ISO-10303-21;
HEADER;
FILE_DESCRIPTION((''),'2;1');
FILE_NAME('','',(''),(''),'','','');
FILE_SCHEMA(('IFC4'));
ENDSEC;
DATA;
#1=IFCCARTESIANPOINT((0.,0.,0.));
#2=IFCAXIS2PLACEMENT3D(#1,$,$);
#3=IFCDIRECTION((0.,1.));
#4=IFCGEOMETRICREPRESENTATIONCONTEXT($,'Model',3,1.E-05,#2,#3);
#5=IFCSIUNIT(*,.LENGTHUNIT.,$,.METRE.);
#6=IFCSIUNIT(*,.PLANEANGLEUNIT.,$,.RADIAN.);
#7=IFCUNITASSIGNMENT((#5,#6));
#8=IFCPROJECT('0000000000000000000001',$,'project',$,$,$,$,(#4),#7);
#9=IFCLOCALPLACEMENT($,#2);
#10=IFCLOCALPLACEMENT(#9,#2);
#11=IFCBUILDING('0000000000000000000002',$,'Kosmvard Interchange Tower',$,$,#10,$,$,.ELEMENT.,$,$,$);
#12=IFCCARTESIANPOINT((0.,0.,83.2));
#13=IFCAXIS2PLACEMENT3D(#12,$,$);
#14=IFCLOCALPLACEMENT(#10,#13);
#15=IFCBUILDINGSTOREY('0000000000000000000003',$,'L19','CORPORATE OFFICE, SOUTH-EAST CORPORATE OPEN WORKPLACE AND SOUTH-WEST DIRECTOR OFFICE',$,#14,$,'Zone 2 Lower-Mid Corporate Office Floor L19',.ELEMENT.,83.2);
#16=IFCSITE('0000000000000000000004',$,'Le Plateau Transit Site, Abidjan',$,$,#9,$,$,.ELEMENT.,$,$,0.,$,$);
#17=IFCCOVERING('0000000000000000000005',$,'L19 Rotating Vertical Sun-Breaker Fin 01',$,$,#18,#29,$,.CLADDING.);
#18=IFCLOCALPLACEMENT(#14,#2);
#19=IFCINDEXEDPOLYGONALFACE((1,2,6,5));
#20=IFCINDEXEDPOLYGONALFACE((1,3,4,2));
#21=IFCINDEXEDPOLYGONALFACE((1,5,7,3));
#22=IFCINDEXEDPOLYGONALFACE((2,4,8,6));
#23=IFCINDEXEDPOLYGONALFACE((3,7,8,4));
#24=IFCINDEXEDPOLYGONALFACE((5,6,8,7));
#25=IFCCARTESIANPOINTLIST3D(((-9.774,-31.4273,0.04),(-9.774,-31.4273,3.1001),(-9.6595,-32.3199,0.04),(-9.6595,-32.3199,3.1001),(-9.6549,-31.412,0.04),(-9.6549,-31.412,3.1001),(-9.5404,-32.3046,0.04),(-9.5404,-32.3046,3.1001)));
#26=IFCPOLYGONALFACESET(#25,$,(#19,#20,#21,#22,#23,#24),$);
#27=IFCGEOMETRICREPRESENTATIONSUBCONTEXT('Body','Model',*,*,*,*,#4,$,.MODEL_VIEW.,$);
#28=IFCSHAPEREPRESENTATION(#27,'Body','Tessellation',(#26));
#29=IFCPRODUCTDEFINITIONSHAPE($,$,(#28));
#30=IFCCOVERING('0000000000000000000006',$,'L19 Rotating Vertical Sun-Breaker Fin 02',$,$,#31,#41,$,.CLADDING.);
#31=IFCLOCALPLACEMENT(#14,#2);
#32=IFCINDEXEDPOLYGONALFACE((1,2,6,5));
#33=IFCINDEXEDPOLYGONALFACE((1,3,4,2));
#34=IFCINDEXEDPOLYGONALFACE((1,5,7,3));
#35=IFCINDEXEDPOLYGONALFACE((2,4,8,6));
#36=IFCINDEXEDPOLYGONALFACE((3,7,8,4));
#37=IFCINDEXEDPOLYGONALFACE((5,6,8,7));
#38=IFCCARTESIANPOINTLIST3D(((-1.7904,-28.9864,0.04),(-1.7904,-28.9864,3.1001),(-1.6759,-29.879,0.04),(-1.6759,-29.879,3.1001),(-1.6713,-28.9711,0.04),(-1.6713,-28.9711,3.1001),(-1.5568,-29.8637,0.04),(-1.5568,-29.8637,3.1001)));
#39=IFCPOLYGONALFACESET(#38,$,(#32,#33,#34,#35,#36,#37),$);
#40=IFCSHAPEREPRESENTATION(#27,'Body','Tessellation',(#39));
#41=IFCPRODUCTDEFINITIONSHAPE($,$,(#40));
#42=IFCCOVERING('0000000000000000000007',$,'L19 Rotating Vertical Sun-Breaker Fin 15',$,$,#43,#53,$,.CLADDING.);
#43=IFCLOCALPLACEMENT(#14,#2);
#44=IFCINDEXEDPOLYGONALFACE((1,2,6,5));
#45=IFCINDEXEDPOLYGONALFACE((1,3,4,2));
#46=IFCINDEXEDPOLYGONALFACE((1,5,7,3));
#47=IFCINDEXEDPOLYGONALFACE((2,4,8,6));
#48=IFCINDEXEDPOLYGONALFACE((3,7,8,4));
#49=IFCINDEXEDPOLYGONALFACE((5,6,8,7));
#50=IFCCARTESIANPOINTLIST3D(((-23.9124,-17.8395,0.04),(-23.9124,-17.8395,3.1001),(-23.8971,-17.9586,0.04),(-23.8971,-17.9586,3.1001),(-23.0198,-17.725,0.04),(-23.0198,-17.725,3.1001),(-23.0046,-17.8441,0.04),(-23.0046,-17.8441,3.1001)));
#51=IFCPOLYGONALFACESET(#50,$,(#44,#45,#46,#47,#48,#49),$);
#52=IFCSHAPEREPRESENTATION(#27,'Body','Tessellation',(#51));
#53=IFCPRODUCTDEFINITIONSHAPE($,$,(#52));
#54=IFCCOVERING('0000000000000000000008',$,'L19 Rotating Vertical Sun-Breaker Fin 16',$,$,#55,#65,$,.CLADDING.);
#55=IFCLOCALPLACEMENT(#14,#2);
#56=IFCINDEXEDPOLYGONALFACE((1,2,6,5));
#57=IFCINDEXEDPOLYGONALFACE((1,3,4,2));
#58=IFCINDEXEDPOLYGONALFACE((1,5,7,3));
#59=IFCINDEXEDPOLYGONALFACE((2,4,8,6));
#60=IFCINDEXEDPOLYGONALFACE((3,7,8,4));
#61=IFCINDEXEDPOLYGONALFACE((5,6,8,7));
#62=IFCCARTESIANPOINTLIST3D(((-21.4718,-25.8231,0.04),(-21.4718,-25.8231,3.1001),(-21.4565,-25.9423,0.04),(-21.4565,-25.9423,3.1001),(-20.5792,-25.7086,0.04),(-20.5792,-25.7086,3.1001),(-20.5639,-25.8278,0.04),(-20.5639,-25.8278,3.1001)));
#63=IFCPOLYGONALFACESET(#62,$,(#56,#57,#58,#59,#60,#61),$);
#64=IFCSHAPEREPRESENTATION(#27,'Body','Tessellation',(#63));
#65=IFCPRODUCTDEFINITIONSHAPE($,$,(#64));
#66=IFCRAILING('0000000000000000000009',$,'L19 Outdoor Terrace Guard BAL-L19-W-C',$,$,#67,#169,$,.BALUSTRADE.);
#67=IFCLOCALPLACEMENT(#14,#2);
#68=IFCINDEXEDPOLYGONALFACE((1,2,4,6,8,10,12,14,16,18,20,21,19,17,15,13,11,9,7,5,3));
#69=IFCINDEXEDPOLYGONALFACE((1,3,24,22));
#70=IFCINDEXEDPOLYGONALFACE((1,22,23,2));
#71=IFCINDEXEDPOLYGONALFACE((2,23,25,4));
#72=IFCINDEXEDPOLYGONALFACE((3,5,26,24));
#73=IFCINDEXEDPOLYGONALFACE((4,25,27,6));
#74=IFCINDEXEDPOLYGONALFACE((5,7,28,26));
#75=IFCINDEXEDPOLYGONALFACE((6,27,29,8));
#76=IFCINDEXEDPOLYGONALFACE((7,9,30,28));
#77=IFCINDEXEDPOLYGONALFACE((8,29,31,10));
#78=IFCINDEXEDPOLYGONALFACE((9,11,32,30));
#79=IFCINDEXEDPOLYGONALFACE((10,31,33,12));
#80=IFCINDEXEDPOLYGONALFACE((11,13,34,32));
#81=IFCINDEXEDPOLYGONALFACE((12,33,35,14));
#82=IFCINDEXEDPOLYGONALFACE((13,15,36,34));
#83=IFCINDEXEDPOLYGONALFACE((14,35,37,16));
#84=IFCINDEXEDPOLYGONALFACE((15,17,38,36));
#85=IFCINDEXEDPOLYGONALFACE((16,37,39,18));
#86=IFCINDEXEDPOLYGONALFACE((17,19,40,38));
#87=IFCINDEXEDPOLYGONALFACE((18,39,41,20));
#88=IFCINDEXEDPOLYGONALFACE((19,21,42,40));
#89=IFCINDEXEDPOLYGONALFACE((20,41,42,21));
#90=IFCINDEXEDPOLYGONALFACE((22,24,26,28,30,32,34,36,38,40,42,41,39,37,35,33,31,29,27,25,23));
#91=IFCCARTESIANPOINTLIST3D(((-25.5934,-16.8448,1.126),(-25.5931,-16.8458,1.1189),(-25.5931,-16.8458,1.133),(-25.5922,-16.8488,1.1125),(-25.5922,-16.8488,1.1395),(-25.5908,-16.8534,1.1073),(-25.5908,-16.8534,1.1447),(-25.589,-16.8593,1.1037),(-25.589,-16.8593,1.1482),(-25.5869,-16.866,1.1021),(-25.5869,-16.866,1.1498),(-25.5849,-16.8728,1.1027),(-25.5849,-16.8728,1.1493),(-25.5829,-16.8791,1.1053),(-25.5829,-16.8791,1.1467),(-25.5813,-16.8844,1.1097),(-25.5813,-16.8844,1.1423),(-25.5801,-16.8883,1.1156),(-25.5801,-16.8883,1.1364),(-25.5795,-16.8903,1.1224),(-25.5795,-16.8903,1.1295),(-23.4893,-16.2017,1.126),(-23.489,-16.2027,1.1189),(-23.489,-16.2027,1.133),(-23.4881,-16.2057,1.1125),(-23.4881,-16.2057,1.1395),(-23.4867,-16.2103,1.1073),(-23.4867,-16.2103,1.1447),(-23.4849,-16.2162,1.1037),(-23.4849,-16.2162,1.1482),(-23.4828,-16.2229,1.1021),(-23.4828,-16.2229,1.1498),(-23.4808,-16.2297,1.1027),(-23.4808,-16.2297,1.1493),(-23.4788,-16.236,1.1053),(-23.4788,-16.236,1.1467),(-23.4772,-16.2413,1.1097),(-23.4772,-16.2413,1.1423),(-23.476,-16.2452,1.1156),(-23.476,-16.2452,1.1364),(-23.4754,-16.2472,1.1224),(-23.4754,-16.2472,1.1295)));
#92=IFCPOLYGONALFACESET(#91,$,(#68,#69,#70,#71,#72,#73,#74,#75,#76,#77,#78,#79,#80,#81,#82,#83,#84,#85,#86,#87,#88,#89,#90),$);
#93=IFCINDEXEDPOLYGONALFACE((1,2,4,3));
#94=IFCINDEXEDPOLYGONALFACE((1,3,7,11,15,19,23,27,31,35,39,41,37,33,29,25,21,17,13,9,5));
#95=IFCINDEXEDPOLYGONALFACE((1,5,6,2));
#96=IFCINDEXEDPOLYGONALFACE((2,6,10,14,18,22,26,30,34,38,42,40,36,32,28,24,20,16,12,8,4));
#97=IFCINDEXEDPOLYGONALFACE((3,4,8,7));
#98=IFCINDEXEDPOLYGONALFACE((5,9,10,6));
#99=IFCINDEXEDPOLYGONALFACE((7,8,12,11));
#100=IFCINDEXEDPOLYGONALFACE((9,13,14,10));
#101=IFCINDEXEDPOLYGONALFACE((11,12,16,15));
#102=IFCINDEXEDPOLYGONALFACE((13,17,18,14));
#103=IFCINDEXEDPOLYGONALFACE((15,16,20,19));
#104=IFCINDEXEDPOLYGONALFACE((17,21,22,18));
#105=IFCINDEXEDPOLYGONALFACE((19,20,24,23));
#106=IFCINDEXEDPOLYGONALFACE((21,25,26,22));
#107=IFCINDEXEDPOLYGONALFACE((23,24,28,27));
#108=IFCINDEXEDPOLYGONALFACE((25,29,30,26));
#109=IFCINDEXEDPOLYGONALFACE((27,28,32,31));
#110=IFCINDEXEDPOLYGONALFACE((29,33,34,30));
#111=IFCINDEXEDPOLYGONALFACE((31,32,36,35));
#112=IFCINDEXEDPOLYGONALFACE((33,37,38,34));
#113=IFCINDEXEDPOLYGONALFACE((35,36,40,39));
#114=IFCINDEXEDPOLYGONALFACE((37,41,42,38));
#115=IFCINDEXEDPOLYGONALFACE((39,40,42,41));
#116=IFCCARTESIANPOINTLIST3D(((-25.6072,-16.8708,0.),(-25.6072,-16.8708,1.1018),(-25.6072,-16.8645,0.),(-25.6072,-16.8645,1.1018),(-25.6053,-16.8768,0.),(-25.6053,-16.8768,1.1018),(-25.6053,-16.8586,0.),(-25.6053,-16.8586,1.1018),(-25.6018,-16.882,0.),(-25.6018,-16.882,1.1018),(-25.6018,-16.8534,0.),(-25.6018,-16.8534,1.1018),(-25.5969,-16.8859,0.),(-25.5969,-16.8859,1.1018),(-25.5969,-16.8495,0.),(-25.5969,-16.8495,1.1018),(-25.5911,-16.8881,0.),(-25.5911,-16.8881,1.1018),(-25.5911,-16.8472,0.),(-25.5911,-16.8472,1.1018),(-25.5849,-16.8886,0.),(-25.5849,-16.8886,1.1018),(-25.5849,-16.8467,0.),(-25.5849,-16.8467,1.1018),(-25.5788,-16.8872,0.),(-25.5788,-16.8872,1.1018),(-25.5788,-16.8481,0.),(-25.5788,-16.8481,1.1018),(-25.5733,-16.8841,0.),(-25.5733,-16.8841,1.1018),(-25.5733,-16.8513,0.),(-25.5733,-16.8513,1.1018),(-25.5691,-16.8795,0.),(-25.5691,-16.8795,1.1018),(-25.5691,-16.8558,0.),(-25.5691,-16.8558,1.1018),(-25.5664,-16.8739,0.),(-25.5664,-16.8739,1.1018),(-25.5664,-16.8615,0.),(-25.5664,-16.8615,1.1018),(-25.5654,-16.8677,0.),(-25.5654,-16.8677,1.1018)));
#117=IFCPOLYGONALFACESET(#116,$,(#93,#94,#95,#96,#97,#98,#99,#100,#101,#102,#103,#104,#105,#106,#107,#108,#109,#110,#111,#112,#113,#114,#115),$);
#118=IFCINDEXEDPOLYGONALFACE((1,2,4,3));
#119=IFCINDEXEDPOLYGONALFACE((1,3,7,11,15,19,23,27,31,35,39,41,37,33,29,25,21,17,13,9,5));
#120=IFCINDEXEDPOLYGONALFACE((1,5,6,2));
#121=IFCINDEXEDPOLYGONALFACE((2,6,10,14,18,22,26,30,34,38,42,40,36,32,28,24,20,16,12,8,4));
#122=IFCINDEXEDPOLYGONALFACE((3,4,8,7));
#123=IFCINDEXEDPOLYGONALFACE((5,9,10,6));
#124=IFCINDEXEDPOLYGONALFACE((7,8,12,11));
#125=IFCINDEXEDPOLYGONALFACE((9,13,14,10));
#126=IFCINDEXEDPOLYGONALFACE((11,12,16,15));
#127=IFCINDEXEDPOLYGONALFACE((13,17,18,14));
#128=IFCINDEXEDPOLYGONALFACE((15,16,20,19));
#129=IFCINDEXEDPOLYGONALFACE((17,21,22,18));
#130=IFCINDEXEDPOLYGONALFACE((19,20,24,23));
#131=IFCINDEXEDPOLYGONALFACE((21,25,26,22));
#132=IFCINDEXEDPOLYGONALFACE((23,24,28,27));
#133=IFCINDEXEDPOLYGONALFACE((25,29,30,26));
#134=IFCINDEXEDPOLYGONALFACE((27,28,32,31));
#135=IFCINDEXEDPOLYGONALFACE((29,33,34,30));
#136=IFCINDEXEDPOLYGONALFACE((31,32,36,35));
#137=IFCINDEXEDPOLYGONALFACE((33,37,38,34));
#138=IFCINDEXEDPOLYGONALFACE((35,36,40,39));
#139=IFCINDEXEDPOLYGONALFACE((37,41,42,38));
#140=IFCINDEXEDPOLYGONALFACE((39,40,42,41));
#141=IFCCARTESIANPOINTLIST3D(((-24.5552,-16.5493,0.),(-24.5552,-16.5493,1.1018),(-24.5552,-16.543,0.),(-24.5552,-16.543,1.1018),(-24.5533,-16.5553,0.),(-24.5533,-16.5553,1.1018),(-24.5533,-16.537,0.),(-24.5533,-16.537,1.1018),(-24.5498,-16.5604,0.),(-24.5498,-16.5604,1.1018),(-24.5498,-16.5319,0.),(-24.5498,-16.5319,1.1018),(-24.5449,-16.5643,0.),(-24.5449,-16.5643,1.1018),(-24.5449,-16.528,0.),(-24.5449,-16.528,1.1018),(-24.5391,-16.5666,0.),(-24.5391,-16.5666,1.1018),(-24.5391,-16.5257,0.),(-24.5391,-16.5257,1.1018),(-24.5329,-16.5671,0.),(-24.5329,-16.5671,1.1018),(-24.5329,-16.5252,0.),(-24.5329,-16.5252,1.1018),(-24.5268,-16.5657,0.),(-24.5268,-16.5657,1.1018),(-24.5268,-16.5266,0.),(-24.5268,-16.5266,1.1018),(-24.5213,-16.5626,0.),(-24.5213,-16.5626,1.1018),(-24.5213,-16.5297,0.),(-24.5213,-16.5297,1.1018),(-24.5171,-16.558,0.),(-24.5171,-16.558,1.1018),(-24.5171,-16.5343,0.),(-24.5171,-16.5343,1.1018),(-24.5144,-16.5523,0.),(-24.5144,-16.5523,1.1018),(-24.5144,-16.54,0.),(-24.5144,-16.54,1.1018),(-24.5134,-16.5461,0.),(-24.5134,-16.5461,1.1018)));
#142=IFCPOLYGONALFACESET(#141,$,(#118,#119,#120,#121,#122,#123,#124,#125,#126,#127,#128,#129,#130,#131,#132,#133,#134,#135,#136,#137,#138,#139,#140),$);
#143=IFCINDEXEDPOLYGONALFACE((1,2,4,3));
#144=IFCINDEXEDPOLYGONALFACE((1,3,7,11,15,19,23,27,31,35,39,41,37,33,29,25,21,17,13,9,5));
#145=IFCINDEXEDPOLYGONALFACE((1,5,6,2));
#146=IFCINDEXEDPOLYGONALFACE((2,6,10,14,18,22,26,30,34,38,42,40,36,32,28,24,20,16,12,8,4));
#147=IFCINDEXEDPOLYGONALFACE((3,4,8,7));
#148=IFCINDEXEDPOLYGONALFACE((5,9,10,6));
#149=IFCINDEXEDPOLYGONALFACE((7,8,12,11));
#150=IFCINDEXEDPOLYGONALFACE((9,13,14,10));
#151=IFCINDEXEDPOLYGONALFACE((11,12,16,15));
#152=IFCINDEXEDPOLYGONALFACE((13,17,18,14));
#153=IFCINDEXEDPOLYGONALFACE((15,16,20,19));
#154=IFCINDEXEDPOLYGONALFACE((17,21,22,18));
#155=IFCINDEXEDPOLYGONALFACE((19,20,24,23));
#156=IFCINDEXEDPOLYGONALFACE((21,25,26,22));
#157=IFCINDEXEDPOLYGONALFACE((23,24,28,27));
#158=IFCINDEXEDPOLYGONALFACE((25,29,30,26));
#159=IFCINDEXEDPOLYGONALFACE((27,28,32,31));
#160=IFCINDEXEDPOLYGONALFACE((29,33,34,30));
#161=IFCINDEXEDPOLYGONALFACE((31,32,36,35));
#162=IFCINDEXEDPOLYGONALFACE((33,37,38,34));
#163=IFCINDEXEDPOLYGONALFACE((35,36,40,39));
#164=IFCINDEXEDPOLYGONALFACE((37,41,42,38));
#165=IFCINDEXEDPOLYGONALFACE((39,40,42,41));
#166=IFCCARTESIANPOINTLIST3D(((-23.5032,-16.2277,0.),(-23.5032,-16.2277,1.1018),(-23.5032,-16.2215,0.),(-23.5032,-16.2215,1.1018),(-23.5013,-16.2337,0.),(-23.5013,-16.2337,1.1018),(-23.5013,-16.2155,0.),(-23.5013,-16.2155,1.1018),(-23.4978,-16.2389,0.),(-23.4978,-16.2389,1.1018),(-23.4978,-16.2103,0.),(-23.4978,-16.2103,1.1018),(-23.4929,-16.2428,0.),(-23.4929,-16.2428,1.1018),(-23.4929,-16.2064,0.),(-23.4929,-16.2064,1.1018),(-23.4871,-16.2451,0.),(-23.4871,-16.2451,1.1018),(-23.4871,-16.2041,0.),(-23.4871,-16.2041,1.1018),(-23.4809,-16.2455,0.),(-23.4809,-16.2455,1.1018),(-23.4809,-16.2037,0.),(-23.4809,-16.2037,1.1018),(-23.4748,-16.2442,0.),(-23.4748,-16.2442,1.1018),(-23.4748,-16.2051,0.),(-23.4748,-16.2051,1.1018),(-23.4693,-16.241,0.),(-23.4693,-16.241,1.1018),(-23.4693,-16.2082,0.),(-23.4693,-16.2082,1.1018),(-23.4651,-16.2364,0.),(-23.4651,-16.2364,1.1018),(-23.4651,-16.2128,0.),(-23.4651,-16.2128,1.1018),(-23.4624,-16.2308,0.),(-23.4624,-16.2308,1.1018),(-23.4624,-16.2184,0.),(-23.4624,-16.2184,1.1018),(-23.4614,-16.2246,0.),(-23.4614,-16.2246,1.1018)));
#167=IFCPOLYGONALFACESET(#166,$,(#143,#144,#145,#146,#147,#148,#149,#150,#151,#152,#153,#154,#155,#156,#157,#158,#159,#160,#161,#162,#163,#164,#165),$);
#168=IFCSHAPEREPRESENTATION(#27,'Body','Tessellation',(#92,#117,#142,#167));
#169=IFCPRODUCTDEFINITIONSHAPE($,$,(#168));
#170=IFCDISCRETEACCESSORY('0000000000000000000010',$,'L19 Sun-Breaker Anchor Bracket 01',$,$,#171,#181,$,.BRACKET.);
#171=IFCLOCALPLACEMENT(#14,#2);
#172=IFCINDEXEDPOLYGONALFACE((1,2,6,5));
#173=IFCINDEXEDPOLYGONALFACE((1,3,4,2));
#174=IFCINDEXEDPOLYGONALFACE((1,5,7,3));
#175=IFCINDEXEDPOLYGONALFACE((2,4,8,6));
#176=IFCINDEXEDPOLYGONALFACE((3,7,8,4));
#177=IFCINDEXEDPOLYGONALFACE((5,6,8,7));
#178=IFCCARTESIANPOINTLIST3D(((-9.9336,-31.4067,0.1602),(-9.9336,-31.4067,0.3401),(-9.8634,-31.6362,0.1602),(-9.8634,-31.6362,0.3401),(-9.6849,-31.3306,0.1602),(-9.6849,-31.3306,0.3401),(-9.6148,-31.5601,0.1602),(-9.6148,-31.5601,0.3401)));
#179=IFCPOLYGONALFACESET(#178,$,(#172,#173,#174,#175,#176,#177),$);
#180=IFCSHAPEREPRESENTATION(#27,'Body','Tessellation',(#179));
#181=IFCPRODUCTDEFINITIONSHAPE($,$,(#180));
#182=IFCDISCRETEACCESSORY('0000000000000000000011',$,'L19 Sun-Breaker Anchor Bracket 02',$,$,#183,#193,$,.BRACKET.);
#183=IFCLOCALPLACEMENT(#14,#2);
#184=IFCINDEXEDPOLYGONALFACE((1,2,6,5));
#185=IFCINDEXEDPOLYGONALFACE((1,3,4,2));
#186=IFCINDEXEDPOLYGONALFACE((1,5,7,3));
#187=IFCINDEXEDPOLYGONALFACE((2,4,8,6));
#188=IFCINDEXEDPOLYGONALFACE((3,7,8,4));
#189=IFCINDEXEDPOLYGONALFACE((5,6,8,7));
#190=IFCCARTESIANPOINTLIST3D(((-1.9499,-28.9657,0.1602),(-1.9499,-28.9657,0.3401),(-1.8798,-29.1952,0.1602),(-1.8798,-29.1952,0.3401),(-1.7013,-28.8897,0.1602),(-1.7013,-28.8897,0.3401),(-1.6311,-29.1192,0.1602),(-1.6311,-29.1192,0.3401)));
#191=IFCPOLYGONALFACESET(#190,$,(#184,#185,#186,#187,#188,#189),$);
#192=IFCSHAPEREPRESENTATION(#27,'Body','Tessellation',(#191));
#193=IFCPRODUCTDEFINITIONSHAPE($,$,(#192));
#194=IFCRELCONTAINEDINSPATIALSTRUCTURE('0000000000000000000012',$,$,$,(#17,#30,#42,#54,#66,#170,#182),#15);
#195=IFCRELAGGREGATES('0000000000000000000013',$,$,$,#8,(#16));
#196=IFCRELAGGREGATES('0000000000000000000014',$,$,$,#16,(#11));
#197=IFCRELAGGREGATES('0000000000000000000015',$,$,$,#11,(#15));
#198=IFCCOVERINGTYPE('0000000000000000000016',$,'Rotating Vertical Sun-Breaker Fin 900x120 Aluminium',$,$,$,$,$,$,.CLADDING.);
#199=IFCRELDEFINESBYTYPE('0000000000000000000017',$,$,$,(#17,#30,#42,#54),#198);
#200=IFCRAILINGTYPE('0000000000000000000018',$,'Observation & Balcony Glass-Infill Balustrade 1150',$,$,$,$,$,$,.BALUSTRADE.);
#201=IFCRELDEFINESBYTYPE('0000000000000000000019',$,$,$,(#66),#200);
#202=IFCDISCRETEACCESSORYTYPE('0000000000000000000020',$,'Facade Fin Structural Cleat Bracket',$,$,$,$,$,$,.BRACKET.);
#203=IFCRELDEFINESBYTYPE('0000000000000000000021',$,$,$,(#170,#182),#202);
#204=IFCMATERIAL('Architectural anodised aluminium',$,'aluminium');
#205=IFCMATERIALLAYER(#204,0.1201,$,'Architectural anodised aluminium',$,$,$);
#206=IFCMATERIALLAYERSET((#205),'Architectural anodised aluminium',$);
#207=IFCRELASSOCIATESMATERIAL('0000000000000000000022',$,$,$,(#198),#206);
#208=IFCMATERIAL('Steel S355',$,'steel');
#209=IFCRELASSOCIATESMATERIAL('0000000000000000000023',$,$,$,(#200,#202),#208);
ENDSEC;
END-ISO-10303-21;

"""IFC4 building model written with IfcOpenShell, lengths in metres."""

from ifc_helpers import new_model, si_unit, direction, frame, origin, origin_2d, place, context, subcontext, project, spatial, rectangle, circle, extrude, source, transform, mapped, material, layer, layer_set, type_object, element, save


model = new_model("IFC4")

# Units and contexts
model_context = context("Model", 3, precision=1e-05, world=origin(), true_north=direction((0.0, 1.0)))
body_context = subcontext(model_context, "Body", "Model", "MODEL_VIEW")
ifc_project = project(units=[si_unit("LENGTHUNIT", "METRE"), si_unit("PLANEANGLEUNIT", "RADIAN")], contexts=[model_context])

# Site, building, storey
site_placement = place(None, origin())
site = spatial("IfcSite", under=ifc_project, at=site_placement, Name="Le Plateau Transit Site, Abidjan", CompositionType="ELEMENT", RefElevation=0.0)
building_placement = place(site_placement, origin())
building = spatial("IfcBuilding", under=site, at=building_placement, Name="Kosmvard Interchange Tower", CompositionType="ELEMENT")
storey_placement = place(building_placement, frame((0.0, 0.0, 83.2)))
storey = spatial("IfcBuildingStorey", under=building, at=storey_placement, Name="L19", Description="CORPORATE OFFICE, SOUTH-EAST CORPORATE OPEN WORKPLACE AND SOUTH-WEST DIRECTOR OFFICE", LongName="Zone 2 Lower-Mid Corporate Office Floor L19", CompositionType="ELEMENT", Elevation=83.2)

# Shared definitions
ifc_material_1 = material(Name="Steel S355", Category="steel")

# Coverings
ifc_material_2 = material(Name="Architectural anodised aluminium", Category="aluminium")
ifc_layer_1 = layer(ifc_material_2, 0.1201, Name="Architectural anodised aluminium")
ifc_layer_set_1 = layer_set([ifc_layer_1], Name="Architectural anodised aluminium")
covering_type = type_object("IfcCoveringType", Name="Rotating Vertical Sun-Breaker Fin 900x120 Aluminium", PredefinedType="CLADDING", material=ifc_layer_set_1)
shared_shape_1 = source(origin(), body_context, "Body", "SweptSolid", [
    extrude(rectangle(XDim=0.8999, YDim=0.1201, at=origin_2d()), origin(), (0.0, 0.0, 1.0), 3.0601),
])
for number, where, z_axis, x_axis, name in (
    (1, (-9.6572, -31.866, 0.04), (0.0, 0.0, 1.0), (0.127238, -0.991872, 0.0), "L19 Rotating Vertical Sun-Breaker Fin 01"),
    (2, (-1.6736, -29.425, 0.04), (0.0, 0.0, 1.0), (0.127238, -0.991872, 0.0), "L19 Rotating Vertical Sun-Breaker Fin 02"),
    (3, (-23.4585, -17.8418, 0.04), (0.0, 0.0, 1.0), (-0.991872, -0.127238, 0.0), "L19 Rotating Vertical Sun-Breaker Fin 15"),
    (4, (-21.0178, -25.8254, 0.04), (0.0, 0.0, 1.0), (-0.991872, -0.127238, 0.0), "L19 Rotating Vertical Sun-Breaker Fin 16"),
):
    element("IfcCovering", number, at=place(storey_placement, frame(where, z_axis=z_axis, x_axis=x_axis)), inside=storey, type_object=covering_type, Name=name, PredefinedType="CLADDING", context=body_context, shape_type="MappedRepresentation", body=[
        mapped(shared_shape_1, transform((0.0, 0.0, 0.0), scale=1.0)),
    ])

# Railing
railing_type = type_object("IfcRailingType", Name="Observation & Balcony Glass-Infill Balustrade 1150", PredefinedType="BALUSTRADE", material=ifc_material_1)
shared_shape_2 = source(origin(), body_context, "Body", "SweptSolid", [
    extrude(circle(Radius=0.0239, at=origin_2d()), frame((0.0, 0.0, 1.126), z_axis=(0.956329, 0.292292, 0.0), x_axis=(-0.292292, 0.956329, 0.0)), (0.0, 0.0, 1.0), 2.2002),
    extrude(circle(Radius=0.021, at=origin_2d()), origin(), (0.0, 0.0, 1.0), 1.1018),
    extrude(circle(Radius=0.021, at=origin_2d()), frame((1.052, 0.3215, 0.0)), (0.0, 0.0, 1.0), 1.1018),
    extrude(circle(Radius=0.021, at=origin_2d()), frame((2.104, 0.6431, 0.0)), (0.0, 0.0, 1.0), 1.1018),
])
railing_placement = place(storey_placement, frame((-25.5864, -16.8677, 0.0)))
element("IfcRailing", 5, at=railing_placement, inside=storey, type_object=railing_type, Name="L19 Outdoor Terrace Guard BAL-L19-W-C", PredefinedType="BALUSTRADE", context=body_context, shape_type="MappedRepresentation", body=[
    mapped(shared_shape_2, transform((0.0, 0.0, 0.0), scale=1.0)),
])

# Discrete accessories
discrete_accessory_type = type_object("IfcDiscreteAccessoryType", Name="Facade Fin Structural Cleat Bracket", PredefinedType="BRACKET", material=ifc_material_1)
shared_shape_3 = source(origin(), body_context, "Body", "SweptSolid", [
    extrude(rectangle(XDim=0.24, YDim=0.26, at=origin_2d()), origin(), (0.0, 0.0, 1.0), 0.1799),
])
for number, where, z_axis, x_axis, name in (
    (6, (-9.7742, -31.4834, 0.1602), (0.0, 0.0, 1.0), (0.292372, -0.956305, 0.0), "L19 Sun-Breaker Anchor Bracket 01"),
    (7, (-1.7905, -29.0425, 0.1602), (0.0, 0.0, 1.0), (0.292372, -0.956305, 0.0), "L19 Sun-Breaker Anchor Bracket 02"),
):
    element("IfcDiscreteAccessory", number, at=place(storey_placement, frame(where, z_axis=z_axis, x_axis=x_axis)), inside=storey, type_object=discrete_accessory_type, Name=name, PredefinedType="BRACKET", context=body_context, shape_type="MappedRepresentation", body=[
        mapped(shared_shape_3, transform((0.0, 0.0, 0.0), scale=1.0)),
    ])

save(model, "model.ifc")
